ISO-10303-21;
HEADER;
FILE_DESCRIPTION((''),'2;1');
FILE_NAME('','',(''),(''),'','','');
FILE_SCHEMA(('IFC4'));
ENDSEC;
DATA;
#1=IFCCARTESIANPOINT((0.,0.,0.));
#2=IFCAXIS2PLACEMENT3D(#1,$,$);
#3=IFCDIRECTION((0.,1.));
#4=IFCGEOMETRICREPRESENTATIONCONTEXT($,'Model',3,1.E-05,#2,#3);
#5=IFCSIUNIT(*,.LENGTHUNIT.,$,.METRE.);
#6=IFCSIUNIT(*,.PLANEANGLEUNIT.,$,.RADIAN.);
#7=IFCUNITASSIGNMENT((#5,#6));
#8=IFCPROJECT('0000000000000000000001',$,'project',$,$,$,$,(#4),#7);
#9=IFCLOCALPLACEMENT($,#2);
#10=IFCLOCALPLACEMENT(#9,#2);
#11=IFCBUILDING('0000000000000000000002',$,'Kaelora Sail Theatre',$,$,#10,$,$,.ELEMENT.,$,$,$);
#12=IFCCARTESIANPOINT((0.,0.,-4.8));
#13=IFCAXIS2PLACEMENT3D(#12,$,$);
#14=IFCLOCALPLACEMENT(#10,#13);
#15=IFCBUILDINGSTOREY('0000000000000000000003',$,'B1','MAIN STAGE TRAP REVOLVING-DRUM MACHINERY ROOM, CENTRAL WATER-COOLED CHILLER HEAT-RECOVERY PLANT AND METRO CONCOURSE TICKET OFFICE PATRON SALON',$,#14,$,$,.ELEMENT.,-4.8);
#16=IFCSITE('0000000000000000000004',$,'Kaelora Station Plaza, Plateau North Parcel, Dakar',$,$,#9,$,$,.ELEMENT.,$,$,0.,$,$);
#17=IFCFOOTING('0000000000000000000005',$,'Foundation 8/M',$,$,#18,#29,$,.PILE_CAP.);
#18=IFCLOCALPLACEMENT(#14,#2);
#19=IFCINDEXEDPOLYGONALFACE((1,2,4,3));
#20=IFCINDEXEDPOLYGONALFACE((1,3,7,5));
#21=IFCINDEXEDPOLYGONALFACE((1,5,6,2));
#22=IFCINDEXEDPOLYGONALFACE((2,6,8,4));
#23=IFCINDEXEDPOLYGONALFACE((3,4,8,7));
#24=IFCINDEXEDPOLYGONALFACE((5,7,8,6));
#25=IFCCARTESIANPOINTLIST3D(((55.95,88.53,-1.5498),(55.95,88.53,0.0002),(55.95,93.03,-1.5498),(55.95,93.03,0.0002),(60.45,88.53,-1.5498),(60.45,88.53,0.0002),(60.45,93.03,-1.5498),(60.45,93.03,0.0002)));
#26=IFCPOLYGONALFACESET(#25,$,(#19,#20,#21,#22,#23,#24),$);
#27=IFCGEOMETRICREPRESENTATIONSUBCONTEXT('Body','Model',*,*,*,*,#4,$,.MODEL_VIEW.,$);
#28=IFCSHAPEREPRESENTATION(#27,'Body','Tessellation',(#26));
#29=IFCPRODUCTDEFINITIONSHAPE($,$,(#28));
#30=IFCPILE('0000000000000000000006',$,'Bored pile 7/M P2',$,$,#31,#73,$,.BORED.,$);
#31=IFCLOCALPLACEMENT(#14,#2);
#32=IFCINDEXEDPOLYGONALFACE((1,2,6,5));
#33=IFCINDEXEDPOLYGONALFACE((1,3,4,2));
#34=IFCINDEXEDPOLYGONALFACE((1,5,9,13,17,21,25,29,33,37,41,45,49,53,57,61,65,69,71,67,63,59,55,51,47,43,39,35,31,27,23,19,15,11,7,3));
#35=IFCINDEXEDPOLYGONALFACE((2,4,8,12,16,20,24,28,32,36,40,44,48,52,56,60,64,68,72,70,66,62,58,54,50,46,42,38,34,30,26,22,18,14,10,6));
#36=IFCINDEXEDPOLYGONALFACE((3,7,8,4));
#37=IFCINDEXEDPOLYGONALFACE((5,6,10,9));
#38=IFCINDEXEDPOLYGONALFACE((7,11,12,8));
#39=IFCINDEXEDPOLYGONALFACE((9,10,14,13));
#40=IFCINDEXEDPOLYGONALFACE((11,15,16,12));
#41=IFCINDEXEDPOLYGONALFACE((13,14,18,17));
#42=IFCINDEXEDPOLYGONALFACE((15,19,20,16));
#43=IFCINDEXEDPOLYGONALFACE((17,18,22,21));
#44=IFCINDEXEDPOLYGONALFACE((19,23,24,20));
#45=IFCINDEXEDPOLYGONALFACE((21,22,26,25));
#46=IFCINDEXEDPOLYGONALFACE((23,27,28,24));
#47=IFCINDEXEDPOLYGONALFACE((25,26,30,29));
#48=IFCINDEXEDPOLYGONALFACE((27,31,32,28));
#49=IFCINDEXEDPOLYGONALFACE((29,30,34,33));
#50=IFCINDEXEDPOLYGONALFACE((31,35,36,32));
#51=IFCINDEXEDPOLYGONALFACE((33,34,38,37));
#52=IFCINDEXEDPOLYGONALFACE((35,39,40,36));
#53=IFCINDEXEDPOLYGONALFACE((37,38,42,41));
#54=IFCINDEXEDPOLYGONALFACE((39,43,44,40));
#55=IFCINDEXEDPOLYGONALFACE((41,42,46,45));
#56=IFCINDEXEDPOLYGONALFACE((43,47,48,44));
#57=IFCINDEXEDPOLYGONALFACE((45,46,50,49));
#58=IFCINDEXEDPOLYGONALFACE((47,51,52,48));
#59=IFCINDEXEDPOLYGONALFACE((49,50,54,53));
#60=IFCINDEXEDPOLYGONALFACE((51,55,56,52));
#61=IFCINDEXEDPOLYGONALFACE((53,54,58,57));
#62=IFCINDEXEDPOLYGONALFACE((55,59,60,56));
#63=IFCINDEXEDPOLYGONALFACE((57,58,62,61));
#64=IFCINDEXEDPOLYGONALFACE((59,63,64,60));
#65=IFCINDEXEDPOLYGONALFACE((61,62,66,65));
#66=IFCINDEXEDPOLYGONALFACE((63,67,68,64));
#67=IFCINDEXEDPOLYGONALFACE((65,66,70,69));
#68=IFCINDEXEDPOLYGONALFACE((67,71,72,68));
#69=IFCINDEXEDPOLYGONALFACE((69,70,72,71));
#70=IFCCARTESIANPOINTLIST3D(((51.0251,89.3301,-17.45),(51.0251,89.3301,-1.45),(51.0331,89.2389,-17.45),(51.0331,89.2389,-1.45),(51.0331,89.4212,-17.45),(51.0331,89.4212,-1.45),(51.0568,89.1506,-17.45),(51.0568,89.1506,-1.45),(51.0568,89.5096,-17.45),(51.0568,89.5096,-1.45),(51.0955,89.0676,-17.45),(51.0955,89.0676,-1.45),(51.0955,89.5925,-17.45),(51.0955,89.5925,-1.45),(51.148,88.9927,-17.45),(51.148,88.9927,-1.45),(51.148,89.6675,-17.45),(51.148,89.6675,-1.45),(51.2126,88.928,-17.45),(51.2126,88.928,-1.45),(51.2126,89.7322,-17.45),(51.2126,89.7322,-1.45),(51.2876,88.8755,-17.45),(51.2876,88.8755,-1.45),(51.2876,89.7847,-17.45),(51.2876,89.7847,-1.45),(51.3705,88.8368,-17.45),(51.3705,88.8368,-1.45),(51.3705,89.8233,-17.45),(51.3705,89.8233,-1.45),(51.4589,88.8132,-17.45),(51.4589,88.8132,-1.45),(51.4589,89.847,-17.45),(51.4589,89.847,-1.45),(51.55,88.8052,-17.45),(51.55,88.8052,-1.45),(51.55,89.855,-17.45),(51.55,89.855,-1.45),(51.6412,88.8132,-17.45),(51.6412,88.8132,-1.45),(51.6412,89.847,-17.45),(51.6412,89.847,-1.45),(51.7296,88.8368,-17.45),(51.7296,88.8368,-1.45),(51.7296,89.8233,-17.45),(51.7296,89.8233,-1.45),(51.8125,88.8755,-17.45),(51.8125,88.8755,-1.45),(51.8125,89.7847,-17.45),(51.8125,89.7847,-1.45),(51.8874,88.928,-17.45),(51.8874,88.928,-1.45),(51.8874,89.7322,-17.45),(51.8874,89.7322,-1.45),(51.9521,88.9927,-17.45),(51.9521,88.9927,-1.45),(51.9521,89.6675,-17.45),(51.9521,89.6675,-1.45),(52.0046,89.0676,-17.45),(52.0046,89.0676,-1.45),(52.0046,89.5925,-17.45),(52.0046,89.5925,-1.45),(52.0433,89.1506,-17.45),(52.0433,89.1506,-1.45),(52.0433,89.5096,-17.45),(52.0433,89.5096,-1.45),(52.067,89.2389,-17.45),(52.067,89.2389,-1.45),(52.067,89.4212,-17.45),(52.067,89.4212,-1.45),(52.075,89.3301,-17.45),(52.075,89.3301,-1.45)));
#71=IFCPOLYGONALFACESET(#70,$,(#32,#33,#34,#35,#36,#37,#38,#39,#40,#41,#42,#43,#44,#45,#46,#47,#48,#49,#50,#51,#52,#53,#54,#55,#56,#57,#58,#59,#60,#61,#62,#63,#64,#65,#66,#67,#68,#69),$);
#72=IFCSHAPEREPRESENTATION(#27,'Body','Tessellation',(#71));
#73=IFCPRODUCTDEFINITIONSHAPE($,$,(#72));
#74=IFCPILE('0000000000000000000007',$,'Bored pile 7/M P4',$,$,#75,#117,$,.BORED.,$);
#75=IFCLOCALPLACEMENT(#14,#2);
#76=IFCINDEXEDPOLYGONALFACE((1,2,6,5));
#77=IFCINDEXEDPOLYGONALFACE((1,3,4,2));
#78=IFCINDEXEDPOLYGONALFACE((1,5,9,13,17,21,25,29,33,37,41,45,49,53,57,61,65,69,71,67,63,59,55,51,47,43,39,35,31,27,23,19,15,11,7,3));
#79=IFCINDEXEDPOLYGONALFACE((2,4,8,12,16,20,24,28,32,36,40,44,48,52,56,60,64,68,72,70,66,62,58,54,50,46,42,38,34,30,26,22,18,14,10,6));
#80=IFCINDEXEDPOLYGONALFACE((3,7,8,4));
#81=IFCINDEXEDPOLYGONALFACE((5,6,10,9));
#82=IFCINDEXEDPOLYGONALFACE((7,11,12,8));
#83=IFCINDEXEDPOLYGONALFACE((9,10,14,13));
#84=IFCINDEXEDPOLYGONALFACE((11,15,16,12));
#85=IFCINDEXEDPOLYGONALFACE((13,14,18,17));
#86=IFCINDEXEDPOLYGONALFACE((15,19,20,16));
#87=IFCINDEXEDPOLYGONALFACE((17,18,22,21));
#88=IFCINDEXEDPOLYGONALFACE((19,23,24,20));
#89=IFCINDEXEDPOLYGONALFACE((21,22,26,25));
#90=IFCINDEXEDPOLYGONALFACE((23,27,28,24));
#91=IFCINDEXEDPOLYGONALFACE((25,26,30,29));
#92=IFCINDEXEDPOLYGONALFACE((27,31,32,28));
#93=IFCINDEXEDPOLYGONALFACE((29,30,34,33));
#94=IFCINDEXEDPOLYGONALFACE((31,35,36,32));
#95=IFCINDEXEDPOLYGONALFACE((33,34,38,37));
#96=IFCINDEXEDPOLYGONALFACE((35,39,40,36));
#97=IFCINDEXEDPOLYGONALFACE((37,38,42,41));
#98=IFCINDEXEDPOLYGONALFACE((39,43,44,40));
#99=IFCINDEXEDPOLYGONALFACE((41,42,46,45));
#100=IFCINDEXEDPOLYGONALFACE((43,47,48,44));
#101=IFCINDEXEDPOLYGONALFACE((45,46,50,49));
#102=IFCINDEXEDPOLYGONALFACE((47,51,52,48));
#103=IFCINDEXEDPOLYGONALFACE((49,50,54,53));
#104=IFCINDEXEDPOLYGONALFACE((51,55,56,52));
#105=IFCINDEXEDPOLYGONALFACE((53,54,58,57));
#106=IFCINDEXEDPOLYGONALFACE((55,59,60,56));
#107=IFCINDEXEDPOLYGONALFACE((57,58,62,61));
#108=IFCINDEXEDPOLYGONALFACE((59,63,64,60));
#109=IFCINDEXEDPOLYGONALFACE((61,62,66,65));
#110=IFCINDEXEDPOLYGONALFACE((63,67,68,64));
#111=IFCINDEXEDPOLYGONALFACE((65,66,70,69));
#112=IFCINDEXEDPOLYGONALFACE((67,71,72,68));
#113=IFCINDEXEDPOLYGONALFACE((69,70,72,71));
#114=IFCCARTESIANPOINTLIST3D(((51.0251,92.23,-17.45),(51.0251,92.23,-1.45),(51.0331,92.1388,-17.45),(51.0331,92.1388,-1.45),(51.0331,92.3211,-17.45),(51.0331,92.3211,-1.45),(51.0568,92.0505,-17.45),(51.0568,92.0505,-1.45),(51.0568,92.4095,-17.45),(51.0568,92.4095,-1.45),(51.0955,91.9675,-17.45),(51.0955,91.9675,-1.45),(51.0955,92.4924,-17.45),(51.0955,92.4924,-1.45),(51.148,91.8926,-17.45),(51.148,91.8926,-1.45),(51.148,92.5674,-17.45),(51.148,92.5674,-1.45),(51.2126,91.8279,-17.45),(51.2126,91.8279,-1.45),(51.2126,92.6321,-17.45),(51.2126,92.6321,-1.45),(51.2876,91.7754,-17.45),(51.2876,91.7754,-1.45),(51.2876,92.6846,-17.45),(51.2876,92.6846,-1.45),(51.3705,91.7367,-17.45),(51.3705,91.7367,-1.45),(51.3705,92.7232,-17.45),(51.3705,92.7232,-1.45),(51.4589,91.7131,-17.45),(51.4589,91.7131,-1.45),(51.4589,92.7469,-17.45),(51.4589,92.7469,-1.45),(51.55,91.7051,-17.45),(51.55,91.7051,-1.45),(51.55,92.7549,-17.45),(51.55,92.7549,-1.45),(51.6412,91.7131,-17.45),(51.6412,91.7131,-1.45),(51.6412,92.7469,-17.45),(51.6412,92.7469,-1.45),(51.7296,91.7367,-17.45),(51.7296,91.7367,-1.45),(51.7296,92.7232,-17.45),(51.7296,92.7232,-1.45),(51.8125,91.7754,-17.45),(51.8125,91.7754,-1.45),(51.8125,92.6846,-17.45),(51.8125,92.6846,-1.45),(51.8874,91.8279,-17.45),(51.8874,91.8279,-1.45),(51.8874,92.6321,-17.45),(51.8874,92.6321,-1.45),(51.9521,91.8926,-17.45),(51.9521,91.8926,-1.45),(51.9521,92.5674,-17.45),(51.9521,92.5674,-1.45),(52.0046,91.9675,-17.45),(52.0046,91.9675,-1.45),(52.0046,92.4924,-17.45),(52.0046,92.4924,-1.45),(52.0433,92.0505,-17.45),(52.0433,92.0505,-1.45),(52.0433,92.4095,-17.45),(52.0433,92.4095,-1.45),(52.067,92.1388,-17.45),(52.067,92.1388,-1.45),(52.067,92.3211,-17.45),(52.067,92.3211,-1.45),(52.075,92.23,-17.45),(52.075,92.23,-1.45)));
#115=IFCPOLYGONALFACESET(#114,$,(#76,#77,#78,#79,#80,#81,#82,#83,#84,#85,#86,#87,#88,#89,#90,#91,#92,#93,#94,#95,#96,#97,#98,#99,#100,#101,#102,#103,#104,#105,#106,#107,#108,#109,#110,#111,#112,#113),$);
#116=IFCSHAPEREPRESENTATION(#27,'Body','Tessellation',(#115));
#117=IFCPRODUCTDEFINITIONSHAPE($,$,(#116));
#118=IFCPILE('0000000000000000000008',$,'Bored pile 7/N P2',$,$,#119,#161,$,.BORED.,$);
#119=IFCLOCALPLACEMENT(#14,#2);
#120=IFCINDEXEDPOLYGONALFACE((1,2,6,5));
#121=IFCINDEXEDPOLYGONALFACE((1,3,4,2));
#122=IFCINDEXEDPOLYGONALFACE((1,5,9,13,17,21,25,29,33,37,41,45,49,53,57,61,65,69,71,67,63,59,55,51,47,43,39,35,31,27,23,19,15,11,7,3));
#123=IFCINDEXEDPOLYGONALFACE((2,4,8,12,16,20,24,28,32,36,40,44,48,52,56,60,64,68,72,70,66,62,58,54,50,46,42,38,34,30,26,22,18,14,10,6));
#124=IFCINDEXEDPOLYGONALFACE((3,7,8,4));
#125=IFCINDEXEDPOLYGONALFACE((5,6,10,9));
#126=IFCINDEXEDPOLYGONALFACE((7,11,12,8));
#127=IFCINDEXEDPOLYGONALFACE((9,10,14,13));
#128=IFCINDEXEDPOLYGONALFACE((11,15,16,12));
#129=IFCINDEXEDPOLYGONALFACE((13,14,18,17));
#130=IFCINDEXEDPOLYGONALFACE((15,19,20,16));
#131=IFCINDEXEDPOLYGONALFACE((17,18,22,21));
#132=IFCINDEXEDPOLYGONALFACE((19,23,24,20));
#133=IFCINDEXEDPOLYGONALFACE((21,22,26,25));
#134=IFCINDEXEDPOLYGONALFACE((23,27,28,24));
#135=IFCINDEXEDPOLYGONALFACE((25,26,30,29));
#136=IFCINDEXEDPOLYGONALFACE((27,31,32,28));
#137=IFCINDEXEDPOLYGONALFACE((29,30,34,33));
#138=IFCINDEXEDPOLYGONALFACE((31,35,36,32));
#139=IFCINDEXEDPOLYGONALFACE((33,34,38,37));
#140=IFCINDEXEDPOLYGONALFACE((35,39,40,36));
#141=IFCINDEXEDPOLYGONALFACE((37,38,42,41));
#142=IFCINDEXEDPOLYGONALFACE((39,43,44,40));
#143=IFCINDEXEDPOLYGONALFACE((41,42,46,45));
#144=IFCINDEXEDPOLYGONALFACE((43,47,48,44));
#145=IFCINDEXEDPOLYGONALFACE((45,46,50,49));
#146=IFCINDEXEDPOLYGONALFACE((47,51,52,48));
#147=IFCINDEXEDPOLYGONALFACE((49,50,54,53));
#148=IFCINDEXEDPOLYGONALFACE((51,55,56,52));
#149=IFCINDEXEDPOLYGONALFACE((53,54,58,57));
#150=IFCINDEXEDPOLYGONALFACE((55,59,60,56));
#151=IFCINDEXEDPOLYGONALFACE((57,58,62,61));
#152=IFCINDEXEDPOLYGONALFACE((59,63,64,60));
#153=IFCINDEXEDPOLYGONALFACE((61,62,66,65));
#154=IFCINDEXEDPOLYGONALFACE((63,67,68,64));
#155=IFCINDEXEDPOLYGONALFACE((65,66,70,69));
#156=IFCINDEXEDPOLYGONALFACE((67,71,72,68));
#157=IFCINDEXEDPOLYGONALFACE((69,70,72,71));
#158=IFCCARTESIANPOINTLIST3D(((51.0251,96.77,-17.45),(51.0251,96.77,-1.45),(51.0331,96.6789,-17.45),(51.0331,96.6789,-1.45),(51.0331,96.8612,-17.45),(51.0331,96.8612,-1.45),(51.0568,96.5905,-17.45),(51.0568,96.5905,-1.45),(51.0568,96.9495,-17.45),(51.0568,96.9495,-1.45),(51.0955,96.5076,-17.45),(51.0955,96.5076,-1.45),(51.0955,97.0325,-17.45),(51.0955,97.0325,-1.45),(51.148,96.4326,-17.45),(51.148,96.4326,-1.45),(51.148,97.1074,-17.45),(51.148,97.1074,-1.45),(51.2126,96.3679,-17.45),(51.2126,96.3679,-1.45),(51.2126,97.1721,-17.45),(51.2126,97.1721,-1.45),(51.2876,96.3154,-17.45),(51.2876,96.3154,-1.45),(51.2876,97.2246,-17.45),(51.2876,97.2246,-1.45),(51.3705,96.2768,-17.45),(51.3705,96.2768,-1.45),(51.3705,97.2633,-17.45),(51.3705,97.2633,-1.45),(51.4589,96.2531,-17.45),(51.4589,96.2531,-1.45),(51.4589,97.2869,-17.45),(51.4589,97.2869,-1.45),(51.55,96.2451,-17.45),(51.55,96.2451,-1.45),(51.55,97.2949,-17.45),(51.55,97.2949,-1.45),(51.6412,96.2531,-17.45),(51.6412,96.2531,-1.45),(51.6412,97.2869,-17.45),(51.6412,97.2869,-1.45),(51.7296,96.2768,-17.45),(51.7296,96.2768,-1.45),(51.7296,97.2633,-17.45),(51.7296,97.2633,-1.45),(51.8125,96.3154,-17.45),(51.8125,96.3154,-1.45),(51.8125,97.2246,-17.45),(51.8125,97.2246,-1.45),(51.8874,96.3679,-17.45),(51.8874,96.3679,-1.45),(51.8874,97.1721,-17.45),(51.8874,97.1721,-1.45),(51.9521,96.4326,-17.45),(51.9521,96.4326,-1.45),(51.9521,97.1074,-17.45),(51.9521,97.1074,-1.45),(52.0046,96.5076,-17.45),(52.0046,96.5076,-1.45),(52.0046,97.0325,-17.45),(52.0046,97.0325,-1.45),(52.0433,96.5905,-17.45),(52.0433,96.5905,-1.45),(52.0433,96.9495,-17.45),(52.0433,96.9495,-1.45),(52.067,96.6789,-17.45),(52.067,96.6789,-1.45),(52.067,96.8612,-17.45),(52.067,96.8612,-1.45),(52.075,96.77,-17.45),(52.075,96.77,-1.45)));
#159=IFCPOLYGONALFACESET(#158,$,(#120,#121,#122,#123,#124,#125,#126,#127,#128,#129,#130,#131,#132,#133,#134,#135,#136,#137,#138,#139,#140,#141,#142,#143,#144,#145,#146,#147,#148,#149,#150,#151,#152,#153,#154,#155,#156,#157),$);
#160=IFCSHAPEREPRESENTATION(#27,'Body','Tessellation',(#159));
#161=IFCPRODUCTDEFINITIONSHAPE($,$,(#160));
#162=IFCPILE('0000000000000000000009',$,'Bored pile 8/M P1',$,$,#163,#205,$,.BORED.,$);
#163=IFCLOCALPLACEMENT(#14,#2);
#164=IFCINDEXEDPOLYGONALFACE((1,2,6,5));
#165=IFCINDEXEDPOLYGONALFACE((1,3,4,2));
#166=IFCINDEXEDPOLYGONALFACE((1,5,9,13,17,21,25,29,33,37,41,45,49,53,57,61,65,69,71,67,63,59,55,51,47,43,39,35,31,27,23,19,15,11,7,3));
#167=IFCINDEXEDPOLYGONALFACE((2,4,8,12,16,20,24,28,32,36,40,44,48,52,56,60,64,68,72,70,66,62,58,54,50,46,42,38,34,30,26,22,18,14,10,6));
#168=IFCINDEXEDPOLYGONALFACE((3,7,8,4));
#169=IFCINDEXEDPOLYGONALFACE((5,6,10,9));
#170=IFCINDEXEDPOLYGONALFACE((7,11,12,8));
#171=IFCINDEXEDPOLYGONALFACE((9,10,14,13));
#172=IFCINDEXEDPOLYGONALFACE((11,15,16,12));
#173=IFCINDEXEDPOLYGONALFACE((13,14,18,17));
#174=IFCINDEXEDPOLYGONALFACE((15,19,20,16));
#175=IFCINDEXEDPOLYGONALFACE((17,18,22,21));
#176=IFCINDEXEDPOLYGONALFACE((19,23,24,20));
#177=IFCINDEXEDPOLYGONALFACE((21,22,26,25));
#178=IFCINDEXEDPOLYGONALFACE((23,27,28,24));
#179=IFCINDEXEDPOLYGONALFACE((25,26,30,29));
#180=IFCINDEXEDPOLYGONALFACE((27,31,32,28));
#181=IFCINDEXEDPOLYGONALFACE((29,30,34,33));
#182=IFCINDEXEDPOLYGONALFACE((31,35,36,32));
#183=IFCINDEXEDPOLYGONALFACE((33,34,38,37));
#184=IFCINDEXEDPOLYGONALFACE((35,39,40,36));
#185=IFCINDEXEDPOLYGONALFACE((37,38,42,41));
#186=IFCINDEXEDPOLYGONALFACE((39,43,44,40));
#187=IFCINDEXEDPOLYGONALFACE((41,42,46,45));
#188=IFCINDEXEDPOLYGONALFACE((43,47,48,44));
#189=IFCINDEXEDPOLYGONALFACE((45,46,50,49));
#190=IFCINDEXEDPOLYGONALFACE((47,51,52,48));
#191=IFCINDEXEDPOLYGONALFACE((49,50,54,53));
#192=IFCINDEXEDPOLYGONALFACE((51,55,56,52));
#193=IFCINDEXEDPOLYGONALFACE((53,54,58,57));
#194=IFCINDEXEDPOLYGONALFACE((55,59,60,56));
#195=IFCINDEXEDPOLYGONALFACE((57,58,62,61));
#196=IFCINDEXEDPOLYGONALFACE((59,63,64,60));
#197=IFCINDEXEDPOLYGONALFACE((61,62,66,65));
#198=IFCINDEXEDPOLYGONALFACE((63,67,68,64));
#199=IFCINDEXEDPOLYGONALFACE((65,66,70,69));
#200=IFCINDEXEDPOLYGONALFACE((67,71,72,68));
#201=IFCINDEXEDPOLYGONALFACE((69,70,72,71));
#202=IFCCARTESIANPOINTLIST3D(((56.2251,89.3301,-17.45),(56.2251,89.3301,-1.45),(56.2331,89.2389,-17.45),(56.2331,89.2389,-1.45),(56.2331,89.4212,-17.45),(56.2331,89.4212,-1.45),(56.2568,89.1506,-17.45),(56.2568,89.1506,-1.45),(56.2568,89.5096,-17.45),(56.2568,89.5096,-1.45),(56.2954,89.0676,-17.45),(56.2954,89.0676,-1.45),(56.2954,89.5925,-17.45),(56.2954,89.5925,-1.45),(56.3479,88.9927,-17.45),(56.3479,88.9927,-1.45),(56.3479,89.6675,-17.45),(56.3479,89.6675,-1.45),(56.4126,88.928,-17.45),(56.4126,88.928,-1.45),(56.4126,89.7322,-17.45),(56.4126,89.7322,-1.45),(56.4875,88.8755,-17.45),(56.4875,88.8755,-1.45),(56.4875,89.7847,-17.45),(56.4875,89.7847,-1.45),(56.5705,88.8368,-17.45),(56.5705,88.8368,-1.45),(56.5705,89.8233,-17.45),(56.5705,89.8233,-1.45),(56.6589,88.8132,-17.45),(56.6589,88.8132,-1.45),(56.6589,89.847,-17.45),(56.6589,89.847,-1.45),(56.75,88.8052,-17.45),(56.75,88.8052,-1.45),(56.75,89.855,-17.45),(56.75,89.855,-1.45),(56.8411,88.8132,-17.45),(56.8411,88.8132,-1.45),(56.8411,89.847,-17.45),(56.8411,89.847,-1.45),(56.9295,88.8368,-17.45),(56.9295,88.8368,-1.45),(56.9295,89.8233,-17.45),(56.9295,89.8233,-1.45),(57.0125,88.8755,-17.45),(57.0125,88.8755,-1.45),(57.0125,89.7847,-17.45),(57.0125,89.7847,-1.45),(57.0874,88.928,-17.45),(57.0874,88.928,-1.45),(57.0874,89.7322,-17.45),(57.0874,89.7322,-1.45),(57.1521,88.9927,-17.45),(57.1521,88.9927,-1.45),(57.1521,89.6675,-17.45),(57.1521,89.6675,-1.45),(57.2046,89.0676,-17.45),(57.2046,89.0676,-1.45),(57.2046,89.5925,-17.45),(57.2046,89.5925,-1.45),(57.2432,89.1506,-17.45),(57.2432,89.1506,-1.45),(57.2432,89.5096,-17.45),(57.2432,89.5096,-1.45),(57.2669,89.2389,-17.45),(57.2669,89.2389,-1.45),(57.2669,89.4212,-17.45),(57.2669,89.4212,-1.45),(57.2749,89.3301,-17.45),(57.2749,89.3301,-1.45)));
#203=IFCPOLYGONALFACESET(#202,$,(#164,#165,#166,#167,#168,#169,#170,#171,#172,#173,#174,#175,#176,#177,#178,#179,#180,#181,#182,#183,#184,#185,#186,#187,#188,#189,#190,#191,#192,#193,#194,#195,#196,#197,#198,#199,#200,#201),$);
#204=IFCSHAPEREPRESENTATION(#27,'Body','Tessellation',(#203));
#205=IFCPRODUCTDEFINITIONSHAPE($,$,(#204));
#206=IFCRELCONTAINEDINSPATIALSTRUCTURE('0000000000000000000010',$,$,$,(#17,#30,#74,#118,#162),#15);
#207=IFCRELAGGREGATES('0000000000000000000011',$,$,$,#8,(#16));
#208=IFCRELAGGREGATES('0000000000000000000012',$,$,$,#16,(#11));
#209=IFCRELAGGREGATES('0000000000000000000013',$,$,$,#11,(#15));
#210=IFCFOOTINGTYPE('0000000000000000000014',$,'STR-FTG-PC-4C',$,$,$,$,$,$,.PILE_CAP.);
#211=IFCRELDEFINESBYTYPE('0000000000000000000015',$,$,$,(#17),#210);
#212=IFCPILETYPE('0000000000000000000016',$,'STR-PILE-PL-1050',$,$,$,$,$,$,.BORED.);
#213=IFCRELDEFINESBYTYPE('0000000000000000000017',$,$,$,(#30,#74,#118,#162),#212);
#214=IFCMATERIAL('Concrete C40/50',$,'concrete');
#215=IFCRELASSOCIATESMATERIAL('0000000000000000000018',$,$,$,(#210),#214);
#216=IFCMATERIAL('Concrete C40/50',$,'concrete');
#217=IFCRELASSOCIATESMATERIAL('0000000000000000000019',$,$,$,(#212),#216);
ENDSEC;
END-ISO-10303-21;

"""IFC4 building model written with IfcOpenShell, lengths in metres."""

from ifc_helpers import new_model, si_unit, direction, frame, origin, origin_2d, place, context, subcontext, project, spatial, rectangle, circle, extrude, material, material_profile, profile_set, type_object, element, save


model = new_model("IFC4")

# Units and contexts
model_context = context("Model", 3, precision=1e-05, world=origin(), true_north=direction((0.0, 1.0)))
body_context = subcontext(model_context, "Body", "Model", "MODEL_VIEW")
ifc_project = project(units=[si_unit("LENGTHUNIT", "METRE"), si_unit("PLANEANGLEUNIT", "RADIAN")], contexts=[model_context])

# Site, building, storey
site_placement = place(None, origin())
site = spatial("IfcSite", under=ifc_project, at=site_placement, Name="Kaelora Station Plaza, Plateau North Parcel, Dakar", CompositionType="ELEMENT", RefElevation=0.0)
building_placement = place(site_placement, origin())
building = spatial("IfcBuilding", under=site, at=building_placement, Name="Kaelora Sail Theatre", CompositionType="ELEMENT")
storey_placement = place(building_placement, frame((0.0, 0.0, -4.8)))
storey = spatial("IfcBuildingStorey", under=building, at=storey_placement, Name="B1", Description="MAIN STAGE TRAP REVOLVING-DRUM MACHINERY ROOM, CENTRAL WATER-COOLED CHILLER HEAT-RECOVERY PLANT AND METRO CONCOURSE TICKET OFFICE PATRON SALON", CompositionType="ELEMENT", Elevation=-4.8)

# Footing
ifc_material_1 = material(Name="Concrete C40/50", Category="concrete")
footing_type = type_object("IfcFootingType", Name="STR-FTG-PC-4C", PredefinedType="PILE_CAP", material=ifc_material_1)
footing_placement = place(storey_placement, frame((58.2, 90.78, -1.5498), z_axis=(0.0, 0.0, 1.0), x_axis=(1.0, 0.0, 0.0)))
element("IfcFooting", 1, at=footing_placement, inside=storey, type_object=footing_type, Name="Foundation 8/M", PredefinedType="PILE_CAP", context=body_context, shape_type="SweptSolid", body=[
    extrude(rectangle(XDim=4.5, YDim=4.5, at=origin_2d()), origin(), (0.0, 0.0, 1.0), 1.55),
])

# Piles
ifc_material_2 = material(Name="Concrete C40/50", Category="concrete")
ifc_material_profile_1 = material_profile(ifc_material_2, circle(Radius=0.5249, at=origin_2d()), Name="PILE D1050")
ifc_profile_set_1 = profile_set([ifc_material_profile_1], Name="Concrete C40/50")
pile_type_1 = type_object("IfcPileType", Name="STR-PILE-PL-1050", PredefinedType="BORED", material=ifc_profile_set_1)
for number, where, z_axis, x_axis, name in (
    (2, (51.55, 89.3301, -1.45), (0.0, 0.0, -1.0), (1.0, 0.0, 0.0), "Bored pile 7/M P2"),
    (3, (51.55, 92.23, -1.45), (0.0, 0.0, -1.0), (1.0, 0.0, 0.0), "Bored pile 7/M P4"),
    (4, (51.55, 96.77, -1.45), (0.0, 0.0, -1.0), (1.0, 0.0, 0.0), "Bored pile 7/N P2"),
    (5, (56.75, 89.3301, -1.45), (0.0, 0.0, -1.0), (1.0, 0.0, 0.0), "Bored pile 8/M P1"),
):
    element("IfcPile", number, at=place(storey_placement, frame(where, z_axis=z_axis, x_axis=x_axis)), inside=storey, type_object=pile_type_1, Name=name, PredefinedType="BORED", context=body_context, shape_type="SweptSolid", body=[
        extrude(circle(Radius=0.5249, at=origin_2d()), origin(), (0.0, 0.0, 1.0), 16.0),
    ])

save(model, "model.ifc")
